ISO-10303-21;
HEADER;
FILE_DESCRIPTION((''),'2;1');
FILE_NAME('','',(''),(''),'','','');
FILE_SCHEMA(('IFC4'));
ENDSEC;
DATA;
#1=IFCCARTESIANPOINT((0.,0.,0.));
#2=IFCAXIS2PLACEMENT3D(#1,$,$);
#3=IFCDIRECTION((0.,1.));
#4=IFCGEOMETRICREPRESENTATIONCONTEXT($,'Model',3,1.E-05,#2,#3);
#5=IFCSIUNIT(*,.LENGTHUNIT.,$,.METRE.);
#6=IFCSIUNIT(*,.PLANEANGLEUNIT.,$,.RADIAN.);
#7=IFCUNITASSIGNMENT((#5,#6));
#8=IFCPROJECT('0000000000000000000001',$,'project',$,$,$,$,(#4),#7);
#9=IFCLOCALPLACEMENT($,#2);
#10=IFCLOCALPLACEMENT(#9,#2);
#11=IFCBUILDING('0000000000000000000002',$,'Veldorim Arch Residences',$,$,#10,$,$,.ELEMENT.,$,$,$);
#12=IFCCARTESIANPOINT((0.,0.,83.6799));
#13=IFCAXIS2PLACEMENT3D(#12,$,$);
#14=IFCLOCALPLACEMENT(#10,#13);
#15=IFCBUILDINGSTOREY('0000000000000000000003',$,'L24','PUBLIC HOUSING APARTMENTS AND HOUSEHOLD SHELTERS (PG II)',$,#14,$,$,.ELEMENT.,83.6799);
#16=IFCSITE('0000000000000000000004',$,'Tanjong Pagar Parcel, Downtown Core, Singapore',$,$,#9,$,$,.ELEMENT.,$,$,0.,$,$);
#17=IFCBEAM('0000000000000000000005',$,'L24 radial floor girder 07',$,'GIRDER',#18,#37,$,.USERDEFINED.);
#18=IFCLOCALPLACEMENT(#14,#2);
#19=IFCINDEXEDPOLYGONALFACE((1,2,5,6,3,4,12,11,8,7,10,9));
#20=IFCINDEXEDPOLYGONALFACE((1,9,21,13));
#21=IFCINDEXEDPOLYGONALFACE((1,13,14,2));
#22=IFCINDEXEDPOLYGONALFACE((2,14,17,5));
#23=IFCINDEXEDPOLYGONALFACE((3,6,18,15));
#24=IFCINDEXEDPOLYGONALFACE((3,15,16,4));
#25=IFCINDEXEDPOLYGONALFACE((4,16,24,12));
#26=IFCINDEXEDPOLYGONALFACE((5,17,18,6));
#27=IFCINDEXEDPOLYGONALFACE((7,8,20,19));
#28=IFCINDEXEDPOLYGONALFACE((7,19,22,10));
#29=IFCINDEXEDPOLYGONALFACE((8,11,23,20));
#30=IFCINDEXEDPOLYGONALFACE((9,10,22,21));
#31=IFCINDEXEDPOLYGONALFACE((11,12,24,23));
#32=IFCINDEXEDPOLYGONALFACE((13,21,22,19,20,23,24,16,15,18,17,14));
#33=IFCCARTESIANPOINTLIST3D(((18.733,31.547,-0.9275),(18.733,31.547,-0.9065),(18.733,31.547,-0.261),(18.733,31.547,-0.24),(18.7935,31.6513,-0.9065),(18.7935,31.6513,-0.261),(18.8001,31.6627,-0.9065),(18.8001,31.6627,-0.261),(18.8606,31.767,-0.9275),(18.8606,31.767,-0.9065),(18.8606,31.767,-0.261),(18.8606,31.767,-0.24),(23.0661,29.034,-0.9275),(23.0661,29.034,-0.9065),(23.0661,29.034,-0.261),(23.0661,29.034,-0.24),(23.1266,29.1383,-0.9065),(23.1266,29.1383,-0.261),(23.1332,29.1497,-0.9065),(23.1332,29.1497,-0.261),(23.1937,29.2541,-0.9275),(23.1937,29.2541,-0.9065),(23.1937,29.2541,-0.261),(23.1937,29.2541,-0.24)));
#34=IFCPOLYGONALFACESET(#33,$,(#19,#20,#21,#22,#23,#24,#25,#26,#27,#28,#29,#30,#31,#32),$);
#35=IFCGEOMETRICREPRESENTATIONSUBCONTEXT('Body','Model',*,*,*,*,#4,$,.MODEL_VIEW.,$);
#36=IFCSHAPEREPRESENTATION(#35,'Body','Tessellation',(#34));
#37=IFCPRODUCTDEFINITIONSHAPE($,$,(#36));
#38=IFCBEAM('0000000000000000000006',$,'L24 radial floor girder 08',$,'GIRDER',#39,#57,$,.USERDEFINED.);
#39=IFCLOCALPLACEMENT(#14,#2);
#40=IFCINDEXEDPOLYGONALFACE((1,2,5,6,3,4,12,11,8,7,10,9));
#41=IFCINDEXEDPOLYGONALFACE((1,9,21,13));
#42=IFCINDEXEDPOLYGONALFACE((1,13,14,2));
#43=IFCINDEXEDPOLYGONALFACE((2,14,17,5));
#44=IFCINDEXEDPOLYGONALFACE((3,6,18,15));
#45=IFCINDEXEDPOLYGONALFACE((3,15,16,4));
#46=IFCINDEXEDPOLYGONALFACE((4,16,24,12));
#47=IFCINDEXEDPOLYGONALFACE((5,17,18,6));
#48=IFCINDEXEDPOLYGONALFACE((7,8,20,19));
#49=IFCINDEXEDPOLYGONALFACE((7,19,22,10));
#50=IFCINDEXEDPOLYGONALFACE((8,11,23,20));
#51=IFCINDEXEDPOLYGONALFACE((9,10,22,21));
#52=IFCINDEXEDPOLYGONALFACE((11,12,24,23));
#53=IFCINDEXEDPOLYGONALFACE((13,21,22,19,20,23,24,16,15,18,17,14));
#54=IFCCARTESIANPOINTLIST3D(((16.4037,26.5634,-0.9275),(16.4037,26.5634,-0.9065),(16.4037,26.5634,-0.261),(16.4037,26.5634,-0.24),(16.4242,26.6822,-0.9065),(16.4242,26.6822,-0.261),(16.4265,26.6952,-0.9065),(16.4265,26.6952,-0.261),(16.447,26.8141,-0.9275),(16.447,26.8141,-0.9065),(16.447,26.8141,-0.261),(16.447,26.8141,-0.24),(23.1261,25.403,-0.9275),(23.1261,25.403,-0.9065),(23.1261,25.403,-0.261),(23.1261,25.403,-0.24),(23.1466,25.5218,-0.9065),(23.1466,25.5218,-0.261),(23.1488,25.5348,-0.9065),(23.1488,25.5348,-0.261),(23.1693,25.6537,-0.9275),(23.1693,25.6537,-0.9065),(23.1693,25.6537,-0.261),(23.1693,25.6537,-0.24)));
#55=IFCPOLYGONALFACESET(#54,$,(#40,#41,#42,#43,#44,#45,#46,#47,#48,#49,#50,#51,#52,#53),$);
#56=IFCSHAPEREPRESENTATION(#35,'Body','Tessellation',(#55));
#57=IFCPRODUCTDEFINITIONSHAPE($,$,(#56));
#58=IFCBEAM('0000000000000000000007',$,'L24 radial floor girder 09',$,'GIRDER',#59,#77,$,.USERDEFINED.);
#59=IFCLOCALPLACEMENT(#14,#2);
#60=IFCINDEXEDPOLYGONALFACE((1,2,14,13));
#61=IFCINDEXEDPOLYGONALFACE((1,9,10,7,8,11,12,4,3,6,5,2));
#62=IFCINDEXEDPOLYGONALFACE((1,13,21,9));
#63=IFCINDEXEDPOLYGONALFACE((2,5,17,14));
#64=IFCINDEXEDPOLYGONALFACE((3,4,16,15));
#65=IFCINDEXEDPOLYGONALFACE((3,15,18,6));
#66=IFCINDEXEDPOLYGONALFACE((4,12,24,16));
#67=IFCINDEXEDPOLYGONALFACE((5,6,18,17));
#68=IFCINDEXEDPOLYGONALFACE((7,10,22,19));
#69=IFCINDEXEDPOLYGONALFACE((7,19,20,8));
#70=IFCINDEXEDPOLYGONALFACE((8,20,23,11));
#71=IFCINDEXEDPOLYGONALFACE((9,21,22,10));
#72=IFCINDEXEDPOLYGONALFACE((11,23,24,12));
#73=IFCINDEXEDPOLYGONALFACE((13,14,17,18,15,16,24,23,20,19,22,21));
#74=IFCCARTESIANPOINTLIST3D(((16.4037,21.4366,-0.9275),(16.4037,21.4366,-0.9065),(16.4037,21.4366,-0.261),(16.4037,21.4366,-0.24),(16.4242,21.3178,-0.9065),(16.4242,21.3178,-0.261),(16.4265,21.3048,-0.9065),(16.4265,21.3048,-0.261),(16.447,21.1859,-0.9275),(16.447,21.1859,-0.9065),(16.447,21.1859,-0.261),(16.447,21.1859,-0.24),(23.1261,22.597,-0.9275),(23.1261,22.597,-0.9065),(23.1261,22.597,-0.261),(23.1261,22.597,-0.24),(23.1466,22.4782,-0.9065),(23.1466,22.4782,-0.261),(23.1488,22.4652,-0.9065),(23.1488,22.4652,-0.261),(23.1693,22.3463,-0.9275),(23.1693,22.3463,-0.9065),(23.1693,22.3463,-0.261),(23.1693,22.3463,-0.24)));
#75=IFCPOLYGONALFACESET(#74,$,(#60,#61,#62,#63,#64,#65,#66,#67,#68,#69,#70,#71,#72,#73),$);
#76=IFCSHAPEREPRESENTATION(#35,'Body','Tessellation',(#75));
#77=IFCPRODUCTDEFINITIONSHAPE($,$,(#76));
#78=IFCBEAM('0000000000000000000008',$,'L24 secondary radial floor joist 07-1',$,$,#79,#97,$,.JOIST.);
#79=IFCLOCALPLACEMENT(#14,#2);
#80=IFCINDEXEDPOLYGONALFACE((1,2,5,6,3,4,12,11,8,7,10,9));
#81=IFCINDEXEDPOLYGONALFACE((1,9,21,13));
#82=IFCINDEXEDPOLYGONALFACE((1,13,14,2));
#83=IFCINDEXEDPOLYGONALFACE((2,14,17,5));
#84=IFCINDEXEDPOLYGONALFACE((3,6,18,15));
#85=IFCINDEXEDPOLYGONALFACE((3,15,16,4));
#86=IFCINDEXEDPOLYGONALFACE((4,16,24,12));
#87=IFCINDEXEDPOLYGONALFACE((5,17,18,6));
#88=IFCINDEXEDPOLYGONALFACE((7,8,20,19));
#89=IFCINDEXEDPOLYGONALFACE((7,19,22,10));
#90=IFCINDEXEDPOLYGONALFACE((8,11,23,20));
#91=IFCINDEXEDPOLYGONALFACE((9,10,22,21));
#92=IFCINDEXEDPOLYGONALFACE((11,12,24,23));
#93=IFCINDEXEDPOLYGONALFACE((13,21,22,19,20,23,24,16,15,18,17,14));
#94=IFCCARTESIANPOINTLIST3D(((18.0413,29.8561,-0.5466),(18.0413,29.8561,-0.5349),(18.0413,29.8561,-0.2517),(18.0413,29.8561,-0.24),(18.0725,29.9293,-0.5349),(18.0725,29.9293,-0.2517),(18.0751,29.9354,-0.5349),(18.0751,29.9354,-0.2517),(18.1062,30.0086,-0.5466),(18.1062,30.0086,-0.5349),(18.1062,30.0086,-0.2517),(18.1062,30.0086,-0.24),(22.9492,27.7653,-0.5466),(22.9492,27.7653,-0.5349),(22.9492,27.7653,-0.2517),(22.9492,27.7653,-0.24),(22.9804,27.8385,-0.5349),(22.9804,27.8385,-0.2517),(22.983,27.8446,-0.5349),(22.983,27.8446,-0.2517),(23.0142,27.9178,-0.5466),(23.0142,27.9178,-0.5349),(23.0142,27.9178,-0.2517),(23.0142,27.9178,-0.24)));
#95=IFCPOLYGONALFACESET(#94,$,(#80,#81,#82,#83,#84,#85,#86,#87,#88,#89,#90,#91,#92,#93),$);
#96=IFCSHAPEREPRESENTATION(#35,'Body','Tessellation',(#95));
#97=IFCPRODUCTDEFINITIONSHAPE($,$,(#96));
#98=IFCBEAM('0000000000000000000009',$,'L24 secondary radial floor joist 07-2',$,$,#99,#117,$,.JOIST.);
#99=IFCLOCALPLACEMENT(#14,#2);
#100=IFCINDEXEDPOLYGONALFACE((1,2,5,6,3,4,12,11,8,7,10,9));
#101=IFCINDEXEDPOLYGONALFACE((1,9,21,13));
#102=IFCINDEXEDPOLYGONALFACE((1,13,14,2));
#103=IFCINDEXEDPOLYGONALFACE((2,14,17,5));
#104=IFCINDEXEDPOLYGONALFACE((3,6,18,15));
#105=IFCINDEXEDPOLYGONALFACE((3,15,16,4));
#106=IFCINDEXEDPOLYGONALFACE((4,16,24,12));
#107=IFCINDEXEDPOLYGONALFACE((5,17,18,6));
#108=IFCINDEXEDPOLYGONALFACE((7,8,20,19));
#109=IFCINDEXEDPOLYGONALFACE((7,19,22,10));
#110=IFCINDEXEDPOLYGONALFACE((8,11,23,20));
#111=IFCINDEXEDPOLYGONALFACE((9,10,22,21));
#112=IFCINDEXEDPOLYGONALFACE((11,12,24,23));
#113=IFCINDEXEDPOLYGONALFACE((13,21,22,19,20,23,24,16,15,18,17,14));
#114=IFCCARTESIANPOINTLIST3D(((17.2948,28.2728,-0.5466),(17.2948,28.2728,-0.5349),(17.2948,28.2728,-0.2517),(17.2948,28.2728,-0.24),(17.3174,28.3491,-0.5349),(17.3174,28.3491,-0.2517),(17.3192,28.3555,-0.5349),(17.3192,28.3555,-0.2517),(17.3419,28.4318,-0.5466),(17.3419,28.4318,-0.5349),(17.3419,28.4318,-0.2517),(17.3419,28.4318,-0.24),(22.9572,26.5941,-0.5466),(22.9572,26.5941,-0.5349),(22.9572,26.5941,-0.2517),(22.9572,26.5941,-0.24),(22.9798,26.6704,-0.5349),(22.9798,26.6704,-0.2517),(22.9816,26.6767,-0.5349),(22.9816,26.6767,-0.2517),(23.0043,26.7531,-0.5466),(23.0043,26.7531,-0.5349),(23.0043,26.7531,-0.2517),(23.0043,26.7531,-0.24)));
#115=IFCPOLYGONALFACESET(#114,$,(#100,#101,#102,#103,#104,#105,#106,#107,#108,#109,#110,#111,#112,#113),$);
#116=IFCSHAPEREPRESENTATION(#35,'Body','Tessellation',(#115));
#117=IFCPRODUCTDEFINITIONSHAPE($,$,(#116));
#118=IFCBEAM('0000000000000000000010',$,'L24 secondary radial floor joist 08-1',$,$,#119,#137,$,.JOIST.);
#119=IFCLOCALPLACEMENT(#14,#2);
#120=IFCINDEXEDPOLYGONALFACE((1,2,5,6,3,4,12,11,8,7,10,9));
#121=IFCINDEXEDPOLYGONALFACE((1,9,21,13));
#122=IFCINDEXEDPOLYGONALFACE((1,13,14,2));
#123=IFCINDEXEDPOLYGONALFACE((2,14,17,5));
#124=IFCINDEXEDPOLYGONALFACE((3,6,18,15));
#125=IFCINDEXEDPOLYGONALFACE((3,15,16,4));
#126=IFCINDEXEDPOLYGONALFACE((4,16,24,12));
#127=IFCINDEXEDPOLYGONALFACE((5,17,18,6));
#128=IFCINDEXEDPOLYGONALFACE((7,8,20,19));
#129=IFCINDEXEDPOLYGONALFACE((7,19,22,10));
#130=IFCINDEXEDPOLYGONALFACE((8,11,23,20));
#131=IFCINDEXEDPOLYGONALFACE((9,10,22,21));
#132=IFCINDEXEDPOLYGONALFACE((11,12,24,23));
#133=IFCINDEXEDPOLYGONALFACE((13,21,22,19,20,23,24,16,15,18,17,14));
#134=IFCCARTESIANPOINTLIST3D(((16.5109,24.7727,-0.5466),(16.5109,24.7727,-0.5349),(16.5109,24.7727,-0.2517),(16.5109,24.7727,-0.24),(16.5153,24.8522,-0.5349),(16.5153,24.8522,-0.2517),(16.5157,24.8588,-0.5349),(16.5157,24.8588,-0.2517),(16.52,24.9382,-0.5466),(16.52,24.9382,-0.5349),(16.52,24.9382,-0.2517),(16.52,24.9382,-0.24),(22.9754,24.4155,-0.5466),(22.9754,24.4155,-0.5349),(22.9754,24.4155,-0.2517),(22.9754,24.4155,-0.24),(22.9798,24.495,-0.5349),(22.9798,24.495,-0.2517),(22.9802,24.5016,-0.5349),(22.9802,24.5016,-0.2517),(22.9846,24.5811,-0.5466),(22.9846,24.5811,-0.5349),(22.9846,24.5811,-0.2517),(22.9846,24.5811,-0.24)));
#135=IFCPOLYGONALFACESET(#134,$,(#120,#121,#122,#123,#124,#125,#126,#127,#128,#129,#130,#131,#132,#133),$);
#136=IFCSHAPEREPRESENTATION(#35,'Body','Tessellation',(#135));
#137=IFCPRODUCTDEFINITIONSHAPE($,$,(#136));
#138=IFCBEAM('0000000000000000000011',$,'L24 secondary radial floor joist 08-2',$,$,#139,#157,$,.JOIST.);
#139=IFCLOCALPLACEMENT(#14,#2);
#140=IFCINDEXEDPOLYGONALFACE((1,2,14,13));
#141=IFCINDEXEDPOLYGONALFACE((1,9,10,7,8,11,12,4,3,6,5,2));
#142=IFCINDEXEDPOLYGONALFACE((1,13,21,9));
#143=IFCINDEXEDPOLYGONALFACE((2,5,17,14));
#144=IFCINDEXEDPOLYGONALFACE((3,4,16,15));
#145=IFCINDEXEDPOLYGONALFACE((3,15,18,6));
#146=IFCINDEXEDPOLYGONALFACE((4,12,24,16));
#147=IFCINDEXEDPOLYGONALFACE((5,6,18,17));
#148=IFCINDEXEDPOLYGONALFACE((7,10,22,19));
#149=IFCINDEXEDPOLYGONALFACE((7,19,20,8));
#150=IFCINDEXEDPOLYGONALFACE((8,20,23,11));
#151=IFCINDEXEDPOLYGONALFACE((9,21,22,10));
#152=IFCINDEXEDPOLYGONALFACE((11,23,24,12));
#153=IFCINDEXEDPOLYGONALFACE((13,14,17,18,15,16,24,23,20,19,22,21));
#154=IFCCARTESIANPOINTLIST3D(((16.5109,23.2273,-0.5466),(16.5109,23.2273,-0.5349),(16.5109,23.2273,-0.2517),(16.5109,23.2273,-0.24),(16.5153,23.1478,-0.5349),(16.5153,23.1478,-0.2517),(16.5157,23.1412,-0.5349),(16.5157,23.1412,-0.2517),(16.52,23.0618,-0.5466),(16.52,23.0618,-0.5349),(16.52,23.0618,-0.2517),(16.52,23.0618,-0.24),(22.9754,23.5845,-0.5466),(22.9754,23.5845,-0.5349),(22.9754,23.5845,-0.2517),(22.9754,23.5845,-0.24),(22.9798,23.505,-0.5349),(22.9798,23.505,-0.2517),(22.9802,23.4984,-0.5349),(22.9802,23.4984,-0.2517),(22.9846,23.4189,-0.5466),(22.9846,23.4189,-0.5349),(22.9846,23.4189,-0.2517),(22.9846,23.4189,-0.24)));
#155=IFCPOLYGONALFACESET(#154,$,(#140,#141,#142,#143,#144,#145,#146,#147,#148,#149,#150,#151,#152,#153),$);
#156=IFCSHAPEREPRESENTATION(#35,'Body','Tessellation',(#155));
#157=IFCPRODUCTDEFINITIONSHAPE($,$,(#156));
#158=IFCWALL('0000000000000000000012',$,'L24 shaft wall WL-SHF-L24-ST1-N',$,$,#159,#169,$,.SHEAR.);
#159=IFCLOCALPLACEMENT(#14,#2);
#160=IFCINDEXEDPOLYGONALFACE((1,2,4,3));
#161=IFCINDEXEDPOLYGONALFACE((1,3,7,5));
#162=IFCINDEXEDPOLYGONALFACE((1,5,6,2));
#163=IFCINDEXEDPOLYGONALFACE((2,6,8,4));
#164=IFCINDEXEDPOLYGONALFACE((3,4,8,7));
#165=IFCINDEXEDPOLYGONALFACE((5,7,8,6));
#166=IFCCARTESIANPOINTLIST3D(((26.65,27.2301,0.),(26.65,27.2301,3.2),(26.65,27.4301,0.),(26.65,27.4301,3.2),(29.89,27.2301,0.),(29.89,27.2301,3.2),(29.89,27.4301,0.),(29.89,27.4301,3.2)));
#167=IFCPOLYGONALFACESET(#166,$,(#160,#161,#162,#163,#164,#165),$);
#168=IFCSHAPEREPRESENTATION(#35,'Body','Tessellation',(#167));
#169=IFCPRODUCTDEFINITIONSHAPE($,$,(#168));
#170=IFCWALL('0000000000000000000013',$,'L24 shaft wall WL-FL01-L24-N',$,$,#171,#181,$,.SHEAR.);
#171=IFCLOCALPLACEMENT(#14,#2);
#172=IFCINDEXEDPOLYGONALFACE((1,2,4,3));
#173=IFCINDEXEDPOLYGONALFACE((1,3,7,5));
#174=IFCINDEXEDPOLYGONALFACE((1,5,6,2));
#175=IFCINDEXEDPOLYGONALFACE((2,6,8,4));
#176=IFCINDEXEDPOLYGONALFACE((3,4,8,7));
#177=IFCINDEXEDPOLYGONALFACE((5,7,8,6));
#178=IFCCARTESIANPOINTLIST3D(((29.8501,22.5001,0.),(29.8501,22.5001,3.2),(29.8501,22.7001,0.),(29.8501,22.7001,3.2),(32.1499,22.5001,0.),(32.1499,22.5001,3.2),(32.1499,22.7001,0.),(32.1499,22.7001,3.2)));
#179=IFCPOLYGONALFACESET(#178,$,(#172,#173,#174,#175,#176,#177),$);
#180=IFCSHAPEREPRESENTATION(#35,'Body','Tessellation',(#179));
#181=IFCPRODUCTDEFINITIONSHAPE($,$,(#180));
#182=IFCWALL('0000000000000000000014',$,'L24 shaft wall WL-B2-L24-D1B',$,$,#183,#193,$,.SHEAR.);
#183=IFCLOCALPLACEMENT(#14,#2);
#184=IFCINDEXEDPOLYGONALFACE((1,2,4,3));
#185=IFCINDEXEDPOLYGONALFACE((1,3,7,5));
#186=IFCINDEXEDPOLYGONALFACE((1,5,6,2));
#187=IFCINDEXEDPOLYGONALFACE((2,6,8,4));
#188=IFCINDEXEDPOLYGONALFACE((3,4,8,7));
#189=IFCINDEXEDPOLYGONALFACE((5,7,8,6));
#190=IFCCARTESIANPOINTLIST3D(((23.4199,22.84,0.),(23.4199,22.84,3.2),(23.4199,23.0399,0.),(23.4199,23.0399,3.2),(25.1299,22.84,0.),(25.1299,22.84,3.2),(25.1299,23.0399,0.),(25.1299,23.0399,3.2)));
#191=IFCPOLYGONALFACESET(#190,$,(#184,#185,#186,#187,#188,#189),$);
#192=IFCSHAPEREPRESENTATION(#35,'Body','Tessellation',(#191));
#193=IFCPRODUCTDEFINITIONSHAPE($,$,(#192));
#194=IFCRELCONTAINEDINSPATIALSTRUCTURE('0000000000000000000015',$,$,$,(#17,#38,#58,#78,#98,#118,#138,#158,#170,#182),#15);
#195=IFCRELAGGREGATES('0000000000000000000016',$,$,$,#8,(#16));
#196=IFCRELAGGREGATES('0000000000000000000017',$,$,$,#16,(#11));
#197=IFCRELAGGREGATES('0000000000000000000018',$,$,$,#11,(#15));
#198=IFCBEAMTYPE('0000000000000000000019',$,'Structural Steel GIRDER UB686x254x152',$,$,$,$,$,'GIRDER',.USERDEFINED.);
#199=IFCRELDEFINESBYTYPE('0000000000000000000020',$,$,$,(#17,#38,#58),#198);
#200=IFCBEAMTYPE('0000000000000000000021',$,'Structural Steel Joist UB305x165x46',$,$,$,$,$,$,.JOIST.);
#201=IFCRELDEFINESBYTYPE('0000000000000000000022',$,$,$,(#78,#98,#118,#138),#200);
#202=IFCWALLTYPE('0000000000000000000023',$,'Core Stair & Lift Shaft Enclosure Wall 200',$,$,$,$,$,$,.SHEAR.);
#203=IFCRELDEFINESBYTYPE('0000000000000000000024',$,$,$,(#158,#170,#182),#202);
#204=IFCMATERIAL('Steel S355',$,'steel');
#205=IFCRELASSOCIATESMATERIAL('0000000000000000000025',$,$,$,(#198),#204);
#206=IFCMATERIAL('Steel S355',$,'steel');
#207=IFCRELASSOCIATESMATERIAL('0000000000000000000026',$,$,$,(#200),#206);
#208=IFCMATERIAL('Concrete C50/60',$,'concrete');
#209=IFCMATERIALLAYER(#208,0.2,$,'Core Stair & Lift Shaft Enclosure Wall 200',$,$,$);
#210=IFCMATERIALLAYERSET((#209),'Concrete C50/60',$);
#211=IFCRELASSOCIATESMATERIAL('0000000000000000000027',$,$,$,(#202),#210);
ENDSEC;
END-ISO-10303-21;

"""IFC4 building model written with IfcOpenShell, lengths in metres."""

from ifc_helpers import new_model, si_unit, direction, frame, frame_2d, origin, origin_2d, place, context, subcontext, project, spatial, rectangle, i_section, extrude, material, layer, layer_set, material_profile, profile_set, type_object, element, save


model = new_model("IFC4")

# Units and contexts
model_context = context("Model", 3, precision=1e-05, world=origin(), true_north=direction((0.0, 1.0)))
body_context = subcontext(model_context, "Body", "Model", "MODEL_VIEW")
ifc_project = project(units=[si_unit("LENGTHUNIT", "METRE"), si_unit("PLANEANGLEUNIT", "RADIAN")], contexts=[model_context])

# Site, building, storey
site_placement = place(None, origin())
site = spatial("IfcSite", under=ifc_project, at=site_placement, Name="Tanjong Pagar Parcel, Downtown Core, Singapore", CompositionType="ELEMENT", RefElevation=0.0)
building_placement = place(site_placement, origin())
building = spatial("IfcBuilding", under=site, at=building_placement, Name="Veldorim Arch Residences", CompositionType="ELEMENT")
storey_placement = place(building_placement, frame((0.0, 0.0, 83.6799)))
storey = spatial("IfcBuildingStorey", under=building, at=storey_placement, Name="L24", Description="PUBLIC HOUSING APARTMENTS AND HOUSEHOLD SHELTERS (PG II)", CompositionType="ELEMENT", Elevation=83.6799)

# Beams
ifc_material_1 = material(Name="Steel S355", Category="steel")
ifc_material_profile_1 = material_profile(ifc_material_1, i_section(OverallWidth=0.2544, OverallDepth=0.6875, WebThickness=0.0132, FlangeThickness=0.021, at=origin_2d()), Name="UB686x254x152")
ifc_profile_set_1 = profile_set([ifc_material_profile_1], Name="Steel S355")
beam_type_1 = type_object("IfcBeamType", Name="Structural Steel GIRDER UB686x254x152", ElementType="GIRDER", PredefinedType="USERDEFINED", material=ifc_profile_set_1)
beam_1_placement = place(storey_placement, frame((23.1299, 29.144, -0.5837), z_axis=(-0.865049, 0.501687, 0.0), x_axis=(-0.501687, -0.865049, 0.0)))
element("IfcBeam", 1, at=beam_1_placement, inside=storey, type_object=beam_type_1, Name="L24 radial floor girder 07", ObjectType="GIRDER", PredefinedType="USERDEFINED", context=body_context, shape_type="SweptSolid", body=[
    extrude(i_section(OverallWidth=0.2544, OverallDepth=0.6875, WebThickness=0.0132, FlangeThickness=0.021, at=origin_2d()), origin(), (0.0, 0.0, 1.0), 5.009),
])
for number, where, z_axis, x_axis, name in (
    (2, (23.1477, 25.5283, -0.5837), (-0.985427, 0.170101, 0.0), (-0.170101, -0.985427, 0.0), "L24 radial floor girder 08"),
    (3, (23.1477, 22.4717, -0.5837), (-0.985427, -0.170101, 0.0), (0.170101, -0.985427, 0.0), "L24 radial floor girder 09"),
):
    element("IfcBeam", number, at=place(storey_placement, frame(where, z_axis=z_axis, x_axis=x_axis)), inside=storey, type_object=beam_type_1, Name=name, ObjectType="GIRDER", PredefinedType="USERDEFINED", context=body_context, shape_type="SweptSolid", body=[
        extrude(i_section(OverallWidth=0.2544, OverallDepth=0.6875, WebThickness=0.0132, FlangeThickness=0.021, at=origin_2d()), origin(), (0.0, 0.0, 1.0), 6.8218),
    ])
ifc_material_2 = material(Name="Steel S355", Category="steel")
ifc_material_profile_2 = material_profile(ifc_material_2, i_section(OverallWidth=0.1658, OverallDepth=0.3066, WebThickness=0.0066, FlangeThickness=0.0117, at=origin_2d()), Name="UB305x165x46")
ifc_profile_set_2 = profile_set([ifc_material_profile_2], Name="Steel S355")
beam_type_2 = type_object("IfcBeamType", Name="Structural Steel Joist UB305x165x46", PredefinedType="JOIST", material=ifc_profile_set_2)
beam_2_placement = place(storey_placement, frame((22.9817, 27.8416, -0.3933), z_axis=(-0.919997, 0.391924, 0.0), x_axis=(-0.391924, -0.919997, 0.0)))
element("IfcBeam", 4, at=beam_2_placement, inside=storey, type_object=beam_type_2, Name="L24 secondary radial floor joist 07-1", PredefinedType="JOIST", context=body_context, shape_type="SweptSolid", body=[
    extrude(i_section(OverallWidth=0.1658, OverallDepth=0.3066, WebThickness=0.0066, FlangeThickness=0.0117, at=origin_2d()), origin(), (0.0, 0.0, 1.0), 5.3347),
])
beam_3_placement = place(storey_placement, frame((22.9807, 26.6736, -0.3933), z_axis=(-0.958753, 0.28424, 0.0), x_axis=(-0.28424, -0.958753, 0.0)))
element("IfcBeam", 5, at=beam_3_placement, inside=storey, type_object=beam_type_2, Name="L24 secondary radial floor joist 07-2", PredefinedType="JOIST", context=body_context, shape_type="SweptSolid", body=[
    extrude(i_section(OverallWidth=0.1658, OverallDepth=0.3066, WebThickness=0.0066, FlangeThickness=0.0117, at=origin_2d()), origin(), (0.0, 0.0, 1.0), 5.906),
])
for number, where, z_axis, x_axis, name in (
    (6, (22.98, 24.4983, -0.3933), (-0.998477, 0.055167, 0.0), (-0.055167, -0.998477, 0.0), "L24 secondary radial floor joist 08-1"),
    (7, (22.98, 23.5017, -0.3933), (-0.998477, -0.055167, 0.0), (0.055167, -0.998477, 0.0), "L24 secondary radial floor joist 08-2"),
):
    element("IfcBeam", number, at=place(storey_placement, frame(where, z_axis=z_axis, x_axis=x_axis)), inside=storey, type_object=beam_type_2, Name=name, PredefinedType="JOIST", context=body_context, shape_type="SweptSolid", body=[
        extrude(i_section(OverallWidth=0.1658, OverallDepth=0.3066, WebThickness=0.0066, FlangeThickness=0.0117, at=origin_2d()), origin(), (0.0, 0.0, 1.0), 6.4744),
    ])

# Walls
ifc_material_3 = material(Name="Concrete C50/60", Category="concrete")
ifc_layer_1 = layer(ifc_material_3, 0.2, Name="Core Stair & Lift Shaft Enclosure Wall 200")
ifc_layer_set_1 = layer_set([ifc_layer_1], Name="Concrete C50/60")
wall_type_1 = type_object("IfcWallType", Name="Core Stair & Lift Shaft Enclosure Wall 200", PredefinedType="SHEAR", material=ifc_layer_set_1)
wall_1_placement = place(storey_placement, frame((26.6499, 27.3301, 0.0), z_axis=(0.0, 0.0, 1.0), x_axis=(1.0, 0.0, 0.0)))
element("IfcWall", 8, at=wall_1_placement, inside=storey, type_object=wall_type_1, Name="L24 shaft wall WL-SHF-L24-ST1-N", PredefinedType="SHEAR", context=body_context, shape_type="SweptSolid", body=[
    extrude(rectangle(XDim=3.24, YDim=0.2, at=frame_2d((1.6201, 0.0))), origin(), (0.0, 0.0, 1.0), 3.2),
])
wall_2_placement = place(storey_placement, frame((29.8501, 22.6001, 0.0), z_axis=(0.0, 0.0, 1.0), x_axis=(1.0, 0.0, 0.0)))
element("IfcWall", 9, at=wall_2_placement, inside=storey, type_object=wall_type_1, Name="L24 shaft wall WL-FL01-L24-N", PredefinedType="SHEAR", context=body_context, shape_type="SweptSolid", body=[
    extrude(rectangle(XDim=2.2998, YDim=0.2, at=frame_2d((1.1499, 0.0))), origin(), (0.0, 0.0, 1.0), 3.2),
])
for number, where, z_axis, x_axis, name in (
    (10, (23.4199, 22.9399, 0.0), (0.0, 0.0, 1.0), (1.0, 0.0, 0.0), "L24 shaft wall WL-B2-L24-D1B"),
):
    element("IfcWall", number, at=place(storey_placement, frame(where, z_axis=z_axis, x_axis=x_axis)), inside=storey, type_object=wall_type_1, Name=name, PredefinedType="SHEAR", context=body_context, shape_type="SweptSolid", body=[
        extrude(rectangle(XDim=1.71, YDim=0.2, at=frame_2d((0.855, 0.0))), origin(), (0.0, 0.0, 1.0), 3.2),
    ])

save(model, "model.ifc")
